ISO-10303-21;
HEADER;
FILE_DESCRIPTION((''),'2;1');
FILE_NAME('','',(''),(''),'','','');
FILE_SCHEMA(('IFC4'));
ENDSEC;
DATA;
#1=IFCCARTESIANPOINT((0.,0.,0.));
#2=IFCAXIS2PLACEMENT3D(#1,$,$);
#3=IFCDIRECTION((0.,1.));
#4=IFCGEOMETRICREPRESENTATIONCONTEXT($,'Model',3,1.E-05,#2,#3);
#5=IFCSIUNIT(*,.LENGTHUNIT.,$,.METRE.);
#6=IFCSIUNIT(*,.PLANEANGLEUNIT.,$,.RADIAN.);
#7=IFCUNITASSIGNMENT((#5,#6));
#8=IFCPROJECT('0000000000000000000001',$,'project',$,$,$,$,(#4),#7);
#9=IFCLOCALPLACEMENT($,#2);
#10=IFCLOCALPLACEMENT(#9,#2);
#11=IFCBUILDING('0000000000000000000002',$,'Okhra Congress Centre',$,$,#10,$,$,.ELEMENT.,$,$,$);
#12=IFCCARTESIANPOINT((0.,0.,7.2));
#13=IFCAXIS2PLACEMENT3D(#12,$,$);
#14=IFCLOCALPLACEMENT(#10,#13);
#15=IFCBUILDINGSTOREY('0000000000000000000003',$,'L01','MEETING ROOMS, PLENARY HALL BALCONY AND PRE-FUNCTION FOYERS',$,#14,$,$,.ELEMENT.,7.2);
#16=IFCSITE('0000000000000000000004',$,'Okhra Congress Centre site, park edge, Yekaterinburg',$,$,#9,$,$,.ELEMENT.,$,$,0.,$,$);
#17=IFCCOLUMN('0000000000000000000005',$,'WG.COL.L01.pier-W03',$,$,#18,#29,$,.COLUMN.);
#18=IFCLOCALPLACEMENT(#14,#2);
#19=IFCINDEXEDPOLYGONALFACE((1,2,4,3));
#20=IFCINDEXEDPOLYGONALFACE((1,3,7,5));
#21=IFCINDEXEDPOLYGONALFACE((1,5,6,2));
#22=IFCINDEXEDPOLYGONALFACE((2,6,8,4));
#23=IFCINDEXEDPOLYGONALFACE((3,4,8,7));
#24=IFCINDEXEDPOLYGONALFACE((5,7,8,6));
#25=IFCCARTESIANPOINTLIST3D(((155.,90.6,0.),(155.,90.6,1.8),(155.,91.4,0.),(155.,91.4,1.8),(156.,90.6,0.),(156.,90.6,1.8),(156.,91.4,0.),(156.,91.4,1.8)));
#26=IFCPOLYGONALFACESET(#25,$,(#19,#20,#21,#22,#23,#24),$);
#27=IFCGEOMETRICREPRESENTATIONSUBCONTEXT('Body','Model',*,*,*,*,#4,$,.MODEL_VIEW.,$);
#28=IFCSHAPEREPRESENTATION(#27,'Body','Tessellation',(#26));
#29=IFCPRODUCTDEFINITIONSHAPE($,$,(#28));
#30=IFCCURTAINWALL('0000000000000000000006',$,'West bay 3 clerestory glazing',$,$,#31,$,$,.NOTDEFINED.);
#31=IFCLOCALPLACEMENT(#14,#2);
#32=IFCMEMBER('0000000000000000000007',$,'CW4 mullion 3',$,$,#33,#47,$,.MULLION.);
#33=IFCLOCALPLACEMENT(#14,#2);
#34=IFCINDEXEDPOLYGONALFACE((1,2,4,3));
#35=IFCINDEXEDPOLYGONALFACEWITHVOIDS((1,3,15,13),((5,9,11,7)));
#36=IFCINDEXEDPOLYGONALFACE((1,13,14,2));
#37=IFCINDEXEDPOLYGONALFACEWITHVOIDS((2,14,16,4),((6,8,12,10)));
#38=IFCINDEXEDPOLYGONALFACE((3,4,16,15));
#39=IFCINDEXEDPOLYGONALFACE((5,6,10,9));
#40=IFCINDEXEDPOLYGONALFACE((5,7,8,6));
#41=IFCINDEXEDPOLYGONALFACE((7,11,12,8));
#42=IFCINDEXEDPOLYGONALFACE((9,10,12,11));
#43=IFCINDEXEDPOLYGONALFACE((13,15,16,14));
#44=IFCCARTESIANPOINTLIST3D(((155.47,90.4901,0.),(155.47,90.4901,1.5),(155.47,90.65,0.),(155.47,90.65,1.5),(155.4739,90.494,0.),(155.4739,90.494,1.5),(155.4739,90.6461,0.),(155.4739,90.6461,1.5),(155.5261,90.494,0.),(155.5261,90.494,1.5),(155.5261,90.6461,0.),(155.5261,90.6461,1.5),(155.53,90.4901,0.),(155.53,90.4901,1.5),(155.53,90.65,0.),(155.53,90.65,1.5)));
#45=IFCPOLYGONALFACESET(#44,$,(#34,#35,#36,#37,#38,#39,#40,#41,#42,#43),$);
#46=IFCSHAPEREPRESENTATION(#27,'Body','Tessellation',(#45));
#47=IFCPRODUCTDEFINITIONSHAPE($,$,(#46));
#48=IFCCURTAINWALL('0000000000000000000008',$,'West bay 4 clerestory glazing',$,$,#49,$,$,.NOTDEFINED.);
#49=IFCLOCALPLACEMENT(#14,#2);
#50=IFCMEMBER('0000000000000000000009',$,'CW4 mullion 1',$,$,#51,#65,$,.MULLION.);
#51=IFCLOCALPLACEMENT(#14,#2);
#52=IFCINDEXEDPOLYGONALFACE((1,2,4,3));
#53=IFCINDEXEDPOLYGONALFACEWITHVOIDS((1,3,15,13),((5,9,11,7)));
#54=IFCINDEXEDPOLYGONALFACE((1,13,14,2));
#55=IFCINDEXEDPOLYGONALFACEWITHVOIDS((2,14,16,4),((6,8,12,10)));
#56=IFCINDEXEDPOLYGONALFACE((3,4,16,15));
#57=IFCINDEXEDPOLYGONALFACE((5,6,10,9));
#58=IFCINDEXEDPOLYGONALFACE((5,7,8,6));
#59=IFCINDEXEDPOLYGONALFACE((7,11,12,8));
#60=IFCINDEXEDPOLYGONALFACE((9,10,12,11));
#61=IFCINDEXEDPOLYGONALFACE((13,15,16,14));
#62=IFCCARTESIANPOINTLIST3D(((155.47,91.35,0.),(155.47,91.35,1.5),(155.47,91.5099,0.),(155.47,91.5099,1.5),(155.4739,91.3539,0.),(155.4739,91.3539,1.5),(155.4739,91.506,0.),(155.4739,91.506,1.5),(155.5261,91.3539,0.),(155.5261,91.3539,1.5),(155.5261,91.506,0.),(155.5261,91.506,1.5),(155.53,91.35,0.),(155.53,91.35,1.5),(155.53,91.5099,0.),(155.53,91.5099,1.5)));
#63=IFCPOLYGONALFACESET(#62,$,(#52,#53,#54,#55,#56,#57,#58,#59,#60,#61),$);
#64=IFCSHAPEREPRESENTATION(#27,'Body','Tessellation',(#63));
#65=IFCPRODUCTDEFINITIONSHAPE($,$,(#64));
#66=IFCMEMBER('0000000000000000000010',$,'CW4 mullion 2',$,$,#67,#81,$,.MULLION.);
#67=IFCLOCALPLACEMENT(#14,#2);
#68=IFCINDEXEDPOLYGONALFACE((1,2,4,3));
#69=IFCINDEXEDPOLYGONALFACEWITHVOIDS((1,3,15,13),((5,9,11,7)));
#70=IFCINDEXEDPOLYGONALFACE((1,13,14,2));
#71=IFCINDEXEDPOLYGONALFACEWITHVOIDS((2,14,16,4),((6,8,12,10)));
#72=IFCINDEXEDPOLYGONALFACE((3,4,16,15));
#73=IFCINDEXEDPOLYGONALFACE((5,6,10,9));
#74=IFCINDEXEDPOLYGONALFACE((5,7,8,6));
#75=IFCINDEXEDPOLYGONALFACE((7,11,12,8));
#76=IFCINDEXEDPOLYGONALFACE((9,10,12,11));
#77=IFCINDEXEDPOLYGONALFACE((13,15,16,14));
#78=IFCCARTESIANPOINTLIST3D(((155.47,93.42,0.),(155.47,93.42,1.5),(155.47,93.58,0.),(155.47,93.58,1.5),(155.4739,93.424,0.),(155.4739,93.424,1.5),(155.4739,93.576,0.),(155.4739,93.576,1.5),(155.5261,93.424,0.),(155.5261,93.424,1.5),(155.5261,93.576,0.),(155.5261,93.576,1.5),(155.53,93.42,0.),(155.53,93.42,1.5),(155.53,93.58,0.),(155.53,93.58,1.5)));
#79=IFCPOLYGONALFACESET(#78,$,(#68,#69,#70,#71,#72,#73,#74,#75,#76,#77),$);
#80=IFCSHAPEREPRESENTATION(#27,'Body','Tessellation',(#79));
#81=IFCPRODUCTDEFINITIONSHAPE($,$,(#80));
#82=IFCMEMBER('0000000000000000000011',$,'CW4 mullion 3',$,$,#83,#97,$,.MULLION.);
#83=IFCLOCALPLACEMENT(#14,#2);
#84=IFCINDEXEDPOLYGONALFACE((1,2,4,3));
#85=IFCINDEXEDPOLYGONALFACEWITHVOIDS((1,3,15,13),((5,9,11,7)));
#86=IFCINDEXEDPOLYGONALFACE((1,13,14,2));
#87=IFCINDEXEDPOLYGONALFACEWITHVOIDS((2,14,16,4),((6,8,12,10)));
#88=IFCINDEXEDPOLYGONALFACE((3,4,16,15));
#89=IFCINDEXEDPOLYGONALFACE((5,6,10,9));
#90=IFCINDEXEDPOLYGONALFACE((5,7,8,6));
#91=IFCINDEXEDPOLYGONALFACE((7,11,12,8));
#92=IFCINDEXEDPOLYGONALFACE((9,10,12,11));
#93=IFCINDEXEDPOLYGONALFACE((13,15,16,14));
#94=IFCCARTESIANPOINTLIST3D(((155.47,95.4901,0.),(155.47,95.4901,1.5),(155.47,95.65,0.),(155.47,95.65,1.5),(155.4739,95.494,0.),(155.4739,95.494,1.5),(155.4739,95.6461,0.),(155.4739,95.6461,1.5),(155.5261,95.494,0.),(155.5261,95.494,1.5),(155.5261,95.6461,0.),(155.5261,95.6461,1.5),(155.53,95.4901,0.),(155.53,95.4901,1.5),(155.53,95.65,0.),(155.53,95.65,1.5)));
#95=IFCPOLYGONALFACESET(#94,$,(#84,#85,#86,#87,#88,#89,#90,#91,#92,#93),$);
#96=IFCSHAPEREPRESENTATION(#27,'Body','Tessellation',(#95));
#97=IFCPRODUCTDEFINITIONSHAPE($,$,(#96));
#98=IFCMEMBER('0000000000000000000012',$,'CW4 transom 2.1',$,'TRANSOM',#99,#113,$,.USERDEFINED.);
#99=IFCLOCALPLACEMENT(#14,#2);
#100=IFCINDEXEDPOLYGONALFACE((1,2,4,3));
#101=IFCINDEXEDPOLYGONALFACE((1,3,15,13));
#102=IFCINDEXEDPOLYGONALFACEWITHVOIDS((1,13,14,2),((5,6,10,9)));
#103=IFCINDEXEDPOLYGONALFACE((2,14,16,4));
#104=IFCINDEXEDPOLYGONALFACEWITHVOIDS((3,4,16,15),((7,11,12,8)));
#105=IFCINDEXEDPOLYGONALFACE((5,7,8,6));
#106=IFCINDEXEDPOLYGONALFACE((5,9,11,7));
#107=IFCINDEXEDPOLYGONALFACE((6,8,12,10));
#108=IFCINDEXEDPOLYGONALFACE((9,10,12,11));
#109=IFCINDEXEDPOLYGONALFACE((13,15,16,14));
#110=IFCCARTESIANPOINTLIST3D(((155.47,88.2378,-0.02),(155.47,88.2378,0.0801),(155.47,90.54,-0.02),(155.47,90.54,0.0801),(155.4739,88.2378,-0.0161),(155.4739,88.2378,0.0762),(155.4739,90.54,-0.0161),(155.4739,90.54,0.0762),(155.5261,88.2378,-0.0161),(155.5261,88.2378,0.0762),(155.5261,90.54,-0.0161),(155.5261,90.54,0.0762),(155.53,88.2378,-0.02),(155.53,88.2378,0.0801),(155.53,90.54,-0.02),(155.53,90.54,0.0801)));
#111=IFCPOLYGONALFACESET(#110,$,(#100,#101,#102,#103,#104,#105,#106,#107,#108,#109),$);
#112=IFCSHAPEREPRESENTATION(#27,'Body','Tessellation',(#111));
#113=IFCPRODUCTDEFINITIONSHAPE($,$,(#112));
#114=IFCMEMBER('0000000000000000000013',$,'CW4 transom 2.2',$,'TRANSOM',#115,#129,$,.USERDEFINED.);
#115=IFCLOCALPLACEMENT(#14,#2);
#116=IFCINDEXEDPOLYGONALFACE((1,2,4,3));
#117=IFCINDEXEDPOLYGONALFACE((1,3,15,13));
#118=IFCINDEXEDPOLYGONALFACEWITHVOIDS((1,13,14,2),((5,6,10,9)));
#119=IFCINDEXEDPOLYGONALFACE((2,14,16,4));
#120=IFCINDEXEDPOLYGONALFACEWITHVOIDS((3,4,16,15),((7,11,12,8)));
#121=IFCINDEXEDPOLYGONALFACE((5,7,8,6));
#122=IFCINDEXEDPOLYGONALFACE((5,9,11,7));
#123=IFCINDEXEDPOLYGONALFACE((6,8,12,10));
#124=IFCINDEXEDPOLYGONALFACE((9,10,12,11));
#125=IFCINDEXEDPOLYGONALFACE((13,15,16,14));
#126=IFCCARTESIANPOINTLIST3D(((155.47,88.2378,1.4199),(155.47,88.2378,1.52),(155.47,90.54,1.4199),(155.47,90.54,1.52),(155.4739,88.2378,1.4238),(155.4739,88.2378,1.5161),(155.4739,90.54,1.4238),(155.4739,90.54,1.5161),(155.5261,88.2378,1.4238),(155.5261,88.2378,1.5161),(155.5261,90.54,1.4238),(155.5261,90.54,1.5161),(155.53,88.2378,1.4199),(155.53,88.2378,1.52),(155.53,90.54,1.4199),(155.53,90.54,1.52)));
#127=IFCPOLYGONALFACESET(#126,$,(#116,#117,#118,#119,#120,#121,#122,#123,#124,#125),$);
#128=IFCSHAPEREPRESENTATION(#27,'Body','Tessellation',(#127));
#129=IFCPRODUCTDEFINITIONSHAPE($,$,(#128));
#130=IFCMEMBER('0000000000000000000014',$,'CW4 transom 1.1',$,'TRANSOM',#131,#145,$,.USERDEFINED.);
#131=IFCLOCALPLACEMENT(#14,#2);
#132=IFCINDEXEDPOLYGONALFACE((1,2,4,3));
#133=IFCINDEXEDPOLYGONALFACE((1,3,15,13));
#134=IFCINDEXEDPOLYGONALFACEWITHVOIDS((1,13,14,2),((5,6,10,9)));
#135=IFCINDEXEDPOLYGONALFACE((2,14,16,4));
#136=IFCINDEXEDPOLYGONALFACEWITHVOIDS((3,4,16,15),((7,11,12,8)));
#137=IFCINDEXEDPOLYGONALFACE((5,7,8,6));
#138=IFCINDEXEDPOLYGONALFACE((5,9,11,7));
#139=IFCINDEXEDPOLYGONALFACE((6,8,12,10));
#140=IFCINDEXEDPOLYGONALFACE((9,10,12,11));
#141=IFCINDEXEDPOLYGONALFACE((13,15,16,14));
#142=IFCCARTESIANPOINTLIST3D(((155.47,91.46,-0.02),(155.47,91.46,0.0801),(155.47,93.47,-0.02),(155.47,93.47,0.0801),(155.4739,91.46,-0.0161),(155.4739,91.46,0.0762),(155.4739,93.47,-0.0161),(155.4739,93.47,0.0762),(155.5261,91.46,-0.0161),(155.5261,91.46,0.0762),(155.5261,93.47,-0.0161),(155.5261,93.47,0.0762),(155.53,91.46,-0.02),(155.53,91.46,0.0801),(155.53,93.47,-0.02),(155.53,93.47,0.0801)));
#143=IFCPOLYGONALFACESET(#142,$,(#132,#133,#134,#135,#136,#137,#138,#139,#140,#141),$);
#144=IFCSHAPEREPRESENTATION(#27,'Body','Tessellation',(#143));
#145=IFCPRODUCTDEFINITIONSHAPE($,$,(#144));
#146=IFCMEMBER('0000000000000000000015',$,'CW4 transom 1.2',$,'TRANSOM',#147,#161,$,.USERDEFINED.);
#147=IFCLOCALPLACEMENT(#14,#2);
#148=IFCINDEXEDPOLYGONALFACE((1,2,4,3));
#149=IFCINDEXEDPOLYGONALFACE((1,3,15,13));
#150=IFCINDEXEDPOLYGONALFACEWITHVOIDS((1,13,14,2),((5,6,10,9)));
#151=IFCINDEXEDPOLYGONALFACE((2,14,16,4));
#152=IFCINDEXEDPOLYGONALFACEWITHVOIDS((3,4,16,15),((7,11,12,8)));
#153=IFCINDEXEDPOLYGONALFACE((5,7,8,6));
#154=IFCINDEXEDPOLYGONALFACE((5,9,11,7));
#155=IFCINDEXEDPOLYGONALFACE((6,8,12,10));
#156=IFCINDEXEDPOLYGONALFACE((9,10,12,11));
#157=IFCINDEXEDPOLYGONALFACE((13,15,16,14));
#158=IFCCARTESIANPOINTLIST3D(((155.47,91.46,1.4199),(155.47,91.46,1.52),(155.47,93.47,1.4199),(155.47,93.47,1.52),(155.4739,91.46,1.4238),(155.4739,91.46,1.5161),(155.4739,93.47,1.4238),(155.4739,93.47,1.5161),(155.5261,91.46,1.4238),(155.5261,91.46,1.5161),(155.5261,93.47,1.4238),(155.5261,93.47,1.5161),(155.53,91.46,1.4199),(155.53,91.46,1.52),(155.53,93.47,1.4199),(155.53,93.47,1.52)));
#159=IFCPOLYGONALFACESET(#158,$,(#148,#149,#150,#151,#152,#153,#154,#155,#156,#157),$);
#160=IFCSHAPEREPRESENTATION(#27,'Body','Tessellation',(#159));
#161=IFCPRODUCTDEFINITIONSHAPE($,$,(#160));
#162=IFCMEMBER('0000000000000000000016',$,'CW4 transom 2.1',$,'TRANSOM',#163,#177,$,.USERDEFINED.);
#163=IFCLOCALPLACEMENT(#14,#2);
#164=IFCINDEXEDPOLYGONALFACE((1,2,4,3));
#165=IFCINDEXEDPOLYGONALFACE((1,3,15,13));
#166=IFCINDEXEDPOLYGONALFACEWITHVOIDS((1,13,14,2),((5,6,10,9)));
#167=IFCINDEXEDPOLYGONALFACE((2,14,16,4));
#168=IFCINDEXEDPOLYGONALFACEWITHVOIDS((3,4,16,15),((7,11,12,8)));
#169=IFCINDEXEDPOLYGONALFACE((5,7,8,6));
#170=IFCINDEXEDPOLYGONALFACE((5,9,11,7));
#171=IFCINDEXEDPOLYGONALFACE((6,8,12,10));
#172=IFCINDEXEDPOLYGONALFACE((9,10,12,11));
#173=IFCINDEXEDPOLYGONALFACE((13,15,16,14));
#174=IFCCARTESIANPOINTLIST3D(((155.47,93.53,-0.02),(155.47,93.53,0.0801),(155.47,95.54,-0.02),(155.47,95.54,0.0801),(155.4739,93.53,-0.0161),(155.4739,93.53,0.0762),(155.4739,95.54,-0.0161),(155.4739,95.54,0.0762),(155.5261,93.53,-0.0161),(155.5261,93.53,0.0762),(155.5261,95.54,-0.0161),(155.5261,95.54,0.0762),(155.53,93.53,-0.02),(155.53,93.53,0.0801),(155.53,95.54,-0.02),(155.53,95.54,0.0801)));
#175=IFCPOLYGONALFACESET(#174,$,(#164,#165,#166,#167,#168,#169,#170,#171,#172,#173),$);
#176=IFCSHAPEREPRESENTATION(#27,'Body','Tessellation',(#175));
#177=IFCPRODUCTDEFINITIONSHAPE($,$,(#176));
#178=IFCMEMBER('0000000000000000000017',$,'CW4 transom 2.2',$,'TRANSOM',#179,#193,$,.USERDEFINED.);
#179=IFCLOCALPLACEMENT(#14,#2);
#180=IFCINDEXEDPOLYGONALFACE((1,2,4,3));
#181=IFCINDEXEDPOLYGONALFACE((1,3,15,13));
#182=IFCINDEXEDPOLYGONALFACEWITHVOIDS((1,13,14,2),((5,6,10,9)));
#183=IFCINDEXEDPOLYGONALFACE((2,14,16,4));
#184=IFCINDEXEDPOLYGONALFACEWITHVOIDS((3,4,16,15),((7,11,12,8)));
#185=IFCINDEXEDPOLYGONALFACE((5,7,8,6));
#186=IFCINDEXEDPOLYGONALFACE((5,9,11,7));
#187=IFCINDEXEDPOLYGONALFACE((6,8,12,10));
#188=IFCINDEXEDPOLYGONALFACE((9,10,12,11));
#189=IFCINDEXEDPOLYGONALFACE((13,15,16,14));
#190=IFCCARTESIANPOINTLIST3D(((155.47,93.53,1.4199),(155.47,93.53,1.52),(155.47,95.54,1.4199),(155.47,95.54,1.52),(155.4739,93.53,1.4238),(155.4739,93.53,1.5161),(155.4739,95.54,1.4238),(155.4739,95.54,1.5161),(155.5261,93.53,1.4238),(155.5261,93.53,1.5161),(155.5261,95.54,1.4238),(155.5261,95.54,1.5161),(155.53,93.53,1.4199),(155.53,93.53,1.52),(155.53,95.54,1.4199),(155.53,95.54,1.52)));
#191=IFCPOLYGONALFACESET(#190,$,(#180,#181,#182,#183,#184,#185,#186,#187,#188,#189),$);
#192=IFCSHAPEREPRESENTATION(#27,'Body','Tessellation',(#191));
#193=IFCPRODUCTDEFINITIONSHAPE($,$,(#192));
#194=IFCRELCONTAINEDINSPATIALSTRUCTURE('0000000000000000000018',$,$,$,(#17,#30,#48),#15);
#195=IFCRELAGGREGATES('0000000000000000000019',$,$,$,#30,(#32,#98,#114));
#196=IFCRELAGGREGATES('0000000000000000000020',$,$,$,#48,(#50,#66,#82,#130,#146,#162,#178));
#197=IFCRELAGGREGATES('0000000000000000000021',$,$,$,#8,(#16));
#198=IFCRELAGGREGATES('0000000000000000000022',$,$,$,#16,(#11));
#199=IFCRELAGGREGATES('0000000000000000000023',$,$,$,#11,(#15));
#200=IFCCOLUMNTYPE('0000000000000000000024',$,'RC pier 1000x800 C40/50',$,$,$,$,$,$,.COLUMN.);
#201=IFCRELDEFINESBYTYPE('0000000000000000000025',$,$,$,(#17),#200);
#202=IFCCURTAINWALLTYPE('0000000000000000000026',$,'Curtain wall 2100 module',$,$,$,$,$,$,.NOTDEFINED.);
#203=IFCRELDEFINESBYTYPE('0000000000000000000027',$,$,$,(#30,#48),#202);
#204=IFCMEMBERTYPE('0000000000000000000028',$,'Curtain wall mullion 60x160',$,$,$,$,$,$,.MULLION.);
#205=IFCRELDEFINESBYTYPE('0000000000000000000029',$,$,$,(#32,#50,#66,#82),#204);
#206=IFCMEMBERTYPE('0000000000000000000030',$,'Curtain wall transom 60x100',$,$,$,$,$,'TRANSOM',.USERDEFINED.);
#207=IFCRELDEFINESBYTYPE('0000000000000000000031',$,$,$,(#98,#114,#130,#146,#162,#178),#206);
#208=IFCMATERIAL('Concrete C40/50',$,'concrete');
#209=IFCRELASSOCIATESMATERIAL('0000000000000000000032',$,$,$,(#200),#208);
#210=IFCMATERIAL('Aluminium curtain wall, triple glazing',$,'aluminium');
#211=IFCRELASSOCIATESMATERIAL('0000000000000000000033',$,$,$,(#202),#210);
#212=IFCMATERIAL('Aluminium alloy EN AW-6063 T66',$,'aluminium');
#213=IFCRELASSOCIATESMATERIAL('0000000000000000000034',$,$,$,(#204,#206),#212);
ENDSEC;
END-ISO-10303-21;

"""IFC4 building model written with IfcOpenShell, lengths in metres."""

from ifc_helpers import new_model, si_unit, direction, frame, origin, origin_2d, place, context, subcontext, project, spatial, rectangle, hollow_rectangle, extrude, material, material_profile, profile_set, type_object, element, aggregate, save


model = new_model("IFC4")

# Units and contexts
model_context = context("Model", 3, precision=1e-05, world=origin(), true_north=direction((0.0, 1.0)))
body_context = subcontext(model_context, "Body", "Model", "MODEL_VIEW")
ifc_project = project(units=[si_unit("LENGTHUNIT", "METRE"), si_unit("PLANEANGLEUNIT", "RADIAN")], contexts=[model_context])

# Site, building, storey
site_placement = place(None, origin())
site = spatial("IfcSite", under=ifc_project, at=site_placement, Name="Okhra Congress Centre site, park edge, Yekaterinburg", CompositionType="ELEMENT", RefElevation=0.0)
building_placement = place(site_placement, origin())
building = spatial("IfcBuilding", under=site, at=building_placement, Name="Okhra Congress Centre", CompositionType="ELEMENT")
storey_placement = place(building_placement, frame((0.0, 0.0, 7.2)))
storey = spatial("IfcBuildingStorey", under=building, at=storey_placement, Name="L01", Description="MEETING ROOMS, PLENARY HALL BALCONY AND PRE-FUNCTION FOYERS", CompositionType="ELEMENT", Elevation=7.2)

# Column
ifc_material_1 = material(Name="Concrete C40/50", Category="concrete")
ifc_material_profile_1 = material_profile(ifc_material_1, rectangle(XDim=1.0, YDim=0.8, at=origin_2d()), Name="RC 1000x800")
ifc_profile_set_1 = profile_set([ifc_material_profile_1], Name="Concrete C40/50")
column_type = type_object("IfcColumnType", Name="RC pier 1000x800 C40/50", PredefinedType="COLUMN", material=ifc_profile_set_1)
column_placement = place(storey_placement, frame((155.5, 91.0, 0.0), z_axis=(0.0, 0.0, 1.0), x_axis=(1.0, 0.0, 0.0)))
element("IfcColumn", 1, at=column_placement, inside=storey, type_object=column_type, Name="WG.COL.L01.pier-W03", PredefinedType="COLUMN", context=body_context, shape_type="SweptSolid", body=[
    extrude(rectangle(XDim=1.0, YDim=0.8, at=origin_2d()), origin(), (0.0, 0.0, 1.0), 1.8),
])

# Curtain wall, member
ifc_material_2 = material(Name="Aluminium curtain wall, triple glazing", Category="aluminium")
curtain_wall_type = type_object("IfcCurtainWallType", Name="Curtain wall 2100 module", PredefinedType="NOTDEFINED", material=ifc_material_2)
curtain_wall_1_placement = place(storey_placement, origin())
curtain_wall_1 = element("IfcCurtainWall", 2, at=curtain_wall_1_placement, inside=storey, type_object=curtain_wall_type, Name="West bay 3 clerestory glazing", PredefinedType="NOTDEFINED")
ifc_material_3 = material(Name="Aluminium alloy EN AW-6063 T66", Category="aluminium")
ifc_material_profile_2 = material_profile(ifc_material_3, hollow_rectangle(XDim=0.0601, YDim=0.1599, WallThickness=0.0039, at=origin_2d()), Name="RHS 60x160x4")
ifc_profile_set_2 = profile_set([ifc_material_profile_2], Name="Aluminium alloy EN AW-6063 T66")
member_type_1 = type_object("IfcMemberType", Name="Curtain wall mullion 60x160", PredefinedType="MULLION", material=ifc_profile_set_2)
member_1_placement = place(storey_placement, frame((155.5, 90.5701, 0.0), z_axis=(0.0, 0.0, 1.0), x_axis=(-1.0, 0.0, 0.0)))
member_1 = element("IfcMember", 3, at=member_1_placement, type_object=member_type_1, Name="CW4 mullion 3", PredefinedType="MULLION", context=body_context, shape_type="SweptSolid", body=[
    extrude(hollow_rectangle(XDim=0.0601, YDim=0.1599, WallThickness=0.0039, at=origin_2d()), origin(), (0.0, 0.0, 1.0), 1.5),
])

# Curtain wall, members
curtain_wall_2_placement = place(storey_placement, origin())
curtain_wall_2 = element("IfcCurtainWall", 4, at=curtain_wall_2_placement, inside=storey, type_object=curtain_wall_type, Name="West bay 4 clerestory glazing", PredefinedType="NOTDEFINED")
member_2_placement = place(storey_placement, frame((155.5, 91.4299, 0.0), z_axis=(0.0, 0.0, 1.0), x_axis=(-1.0, 0.0, 0.0)))
member_2 = element("IfcMember", 5, at=member_2_placement, type_object=member_type_1, Name="CW4 mullion 1", PredefinedType="MULLION", context=body_context, shape_type="SweptSolid", body=[
    extrude(hollow_rectangle(XDim=0.0601, YDim=0.1599, WallThickness=0.0039, at=origin_2d()), origin(), (0.0, 0.0, 1.0), 1.5),
])
member_3_placement = place(storey_placement, frame((155.5, 93.5, 0.0), z_axis=(0.0, 0.0, 1.0), x_axis=(-1.0, 0.0, 0.0)))
member_3 = element("IfcMember", 6, at=member_3_placement, type_object=member_type_1, Name="CW4 mullion 2", PredefinedType="MULLION", context=body_context, shape_type="SweptSolid", body=[
    extrude(hollow_rectangle(XDim=0.0601, YDim=0.1599, WallThickness=0.0039, at=origin_2d()), origin(), (0.0, 0.0, 1.0), 1.5),
])
member_4_placement = place(storey_placement, frame((155.5, 95.5701, 0.0), z_axis=(0.0, 0.0, 1.0), x_axis=(-1.0, 0.0, 0.0)))
member_4 = element("IfcMember", 7, at=member_4_placement, type_object=member_type_1, Name="CW4 mullion 3", PredefinedType="MULLION", context=body_context, shape_type="SweptSolid", body=[
    extrude(hollow_rectangle(XDim=0.0601, YDim=0.1599, WallThickness=0.0039, at=origin_2d()), origin(), (0.0, 0.0, 1.0), 1.5),
])

# Members
ifc_material_profile_3 = material_profile(ifc_material_3, hollow_rectangle(XDim=0.0601, YDim=0.1001, WallThickness=0.0039, at=origin_2d()), Name="RHS 60x100x4")
ifc_profile_set_3 = profile_set([ifc_material_profile_3], Name="Aluminium alloy EN AW-6063 T66")
member_type_2 = type_object("IfcMemberType", Name="Curtain wall transom 60x100", ElementType="TRANSOM", PredefinedType="USERDEFINED", material=ifc_profile_set_3)
member_5_placement = place(storey_placement, frame((155.5, 88.2378, 0.03), z_axis=(0.0, 1.0, 0.0), x_axis=(-1.0, 0.0, 0.0)))
member_5 = element("IfcMember", 8, at=member_5_placement, type_object=member_type_2, Name="CW4 transom 2.1", ObjectType="TRANSOM", PredefinedType="USERDEFINED", context=body_context, shape_type="SweptSolid", body=[
    extrude(hollow_rectangle(XDim=0.0601, YDim=0.1001, WallThickness=0.0039, at=origin_2d()), origin(), (0.0, 0.0, 1.0), 2.3022),
])
member_6_placement = place(storey_placement, frame((155.5, 88.2378, 1.47), z_axis=(0.0, 1.0, 0.0), x_axis=(-1.0, 0.0, 0.0)))
member_6 = element("IfcMember", 9, at=member_6_placement, type_object=member_type_2, Name="CW4 transom 2.2", ObjectType="TRANSOM", PredefinedType="USERDEFINED", context=body_context, shape_type="SweptSolid", body=[
    extrude(hollow_rectangle(XDim=0.0601, YDim=0.1001, WallThickness=0.0039, at=origin_2d()), origin(), (0.0, 0.0, 1.0), 2.3022),
])
member_7_placement = place(storey_placement, frame((155.5, 91.46, 0.03), z_axis=(0.0, 1.0, 0.0), x_axis=(-1.0, 0.0, 0.0)))
member_7 = element("IfcMember", 10, at=member_7_placement, type_object=member_type_2, Name="CW4 transom 1.1", ObjectType="TRANSOM", PredefinedType="USERDEFINED", context=body_context, shape_type="SweptSolid", body=[
    extrude(hollow_rectangle(XDim=0.0601, YDim=0.1001, WallThickness=0.0039, at=origin_2d()), origin(), (0.0, 0.0, 1.0), 2.01),
])
member_8_placement = place(storey_placement, frame((155.5, 91.46, 1.47), z_axis=(0.0, 1.0, 0.0), x_axis=(-1.0, 0.0, 0.0)))
member_8 = element("IfcMember", 11, at=member_8_placement, type_object=member_type_2, Name="CW4 transom 1.2", ObjectType="TRANSOM", PredefinedType="USERDEFINED", context=body_context, shape_type="SweptSolid", body=[
    extrude(hollow_rectangle(XDim=0.0601, YDim=0.1001, WallThickness=0.0039, at=origin_2d()), origin(), (0.0, 0.0, 1.0), 2.01),
])
member_9_placement = place(storey_placement, frame((155.5, 93.53, 0.03), z_axis=(0.0, 1.0, 0.0), x_axis=(-1.0, 0.0, 0.0)))
member_9 = element("IfcMember", 12, at=member_9_placement, type_object=member_type_2, Name="CW4 transom 2.1", ObjectType="TRANSOM", PredefinedType="USERDEFINED", context=body_context, shape_type="SweptSolid", body=[
    extrude(hollow_rectangle(XDim=0.0601, YDim=0.1001, WallThickness=0.0039, at=origin_2d()), origin(), (0.0, 0.0, 1.0), 2.01),
])
member_10_placement = place(storey_placement, frame((155.5, 93.53, 1.47), z_axis=(0.0, 1.0, 0.0), x_axis=(-1.0, 0.0, 0.0)))
member_10 = element("IfcMember", 13, at=member_10_placement, type_object=member_type_2, Name="CW4 transom 2.2", ObjectType="TRANSOM", PredefinedType="USERDEFINED", context=body_context, shape_type="SweptSolid", body=[
    extrude(hollow_rectangle(XDim=0.0601, YDim=0.1001, WallThickness=0.0039, at=origin_2d()), origin(), (0.0, 0.0, 1.0), 2.01),
])

aggregate(curtain_wall_1, [member_1, member_5, member_6])
aggregate(curtain_wall_2, [member_2, member_3, member_4, member_7, member_8, member_9, member_10])

save(model, "model.ifc")
